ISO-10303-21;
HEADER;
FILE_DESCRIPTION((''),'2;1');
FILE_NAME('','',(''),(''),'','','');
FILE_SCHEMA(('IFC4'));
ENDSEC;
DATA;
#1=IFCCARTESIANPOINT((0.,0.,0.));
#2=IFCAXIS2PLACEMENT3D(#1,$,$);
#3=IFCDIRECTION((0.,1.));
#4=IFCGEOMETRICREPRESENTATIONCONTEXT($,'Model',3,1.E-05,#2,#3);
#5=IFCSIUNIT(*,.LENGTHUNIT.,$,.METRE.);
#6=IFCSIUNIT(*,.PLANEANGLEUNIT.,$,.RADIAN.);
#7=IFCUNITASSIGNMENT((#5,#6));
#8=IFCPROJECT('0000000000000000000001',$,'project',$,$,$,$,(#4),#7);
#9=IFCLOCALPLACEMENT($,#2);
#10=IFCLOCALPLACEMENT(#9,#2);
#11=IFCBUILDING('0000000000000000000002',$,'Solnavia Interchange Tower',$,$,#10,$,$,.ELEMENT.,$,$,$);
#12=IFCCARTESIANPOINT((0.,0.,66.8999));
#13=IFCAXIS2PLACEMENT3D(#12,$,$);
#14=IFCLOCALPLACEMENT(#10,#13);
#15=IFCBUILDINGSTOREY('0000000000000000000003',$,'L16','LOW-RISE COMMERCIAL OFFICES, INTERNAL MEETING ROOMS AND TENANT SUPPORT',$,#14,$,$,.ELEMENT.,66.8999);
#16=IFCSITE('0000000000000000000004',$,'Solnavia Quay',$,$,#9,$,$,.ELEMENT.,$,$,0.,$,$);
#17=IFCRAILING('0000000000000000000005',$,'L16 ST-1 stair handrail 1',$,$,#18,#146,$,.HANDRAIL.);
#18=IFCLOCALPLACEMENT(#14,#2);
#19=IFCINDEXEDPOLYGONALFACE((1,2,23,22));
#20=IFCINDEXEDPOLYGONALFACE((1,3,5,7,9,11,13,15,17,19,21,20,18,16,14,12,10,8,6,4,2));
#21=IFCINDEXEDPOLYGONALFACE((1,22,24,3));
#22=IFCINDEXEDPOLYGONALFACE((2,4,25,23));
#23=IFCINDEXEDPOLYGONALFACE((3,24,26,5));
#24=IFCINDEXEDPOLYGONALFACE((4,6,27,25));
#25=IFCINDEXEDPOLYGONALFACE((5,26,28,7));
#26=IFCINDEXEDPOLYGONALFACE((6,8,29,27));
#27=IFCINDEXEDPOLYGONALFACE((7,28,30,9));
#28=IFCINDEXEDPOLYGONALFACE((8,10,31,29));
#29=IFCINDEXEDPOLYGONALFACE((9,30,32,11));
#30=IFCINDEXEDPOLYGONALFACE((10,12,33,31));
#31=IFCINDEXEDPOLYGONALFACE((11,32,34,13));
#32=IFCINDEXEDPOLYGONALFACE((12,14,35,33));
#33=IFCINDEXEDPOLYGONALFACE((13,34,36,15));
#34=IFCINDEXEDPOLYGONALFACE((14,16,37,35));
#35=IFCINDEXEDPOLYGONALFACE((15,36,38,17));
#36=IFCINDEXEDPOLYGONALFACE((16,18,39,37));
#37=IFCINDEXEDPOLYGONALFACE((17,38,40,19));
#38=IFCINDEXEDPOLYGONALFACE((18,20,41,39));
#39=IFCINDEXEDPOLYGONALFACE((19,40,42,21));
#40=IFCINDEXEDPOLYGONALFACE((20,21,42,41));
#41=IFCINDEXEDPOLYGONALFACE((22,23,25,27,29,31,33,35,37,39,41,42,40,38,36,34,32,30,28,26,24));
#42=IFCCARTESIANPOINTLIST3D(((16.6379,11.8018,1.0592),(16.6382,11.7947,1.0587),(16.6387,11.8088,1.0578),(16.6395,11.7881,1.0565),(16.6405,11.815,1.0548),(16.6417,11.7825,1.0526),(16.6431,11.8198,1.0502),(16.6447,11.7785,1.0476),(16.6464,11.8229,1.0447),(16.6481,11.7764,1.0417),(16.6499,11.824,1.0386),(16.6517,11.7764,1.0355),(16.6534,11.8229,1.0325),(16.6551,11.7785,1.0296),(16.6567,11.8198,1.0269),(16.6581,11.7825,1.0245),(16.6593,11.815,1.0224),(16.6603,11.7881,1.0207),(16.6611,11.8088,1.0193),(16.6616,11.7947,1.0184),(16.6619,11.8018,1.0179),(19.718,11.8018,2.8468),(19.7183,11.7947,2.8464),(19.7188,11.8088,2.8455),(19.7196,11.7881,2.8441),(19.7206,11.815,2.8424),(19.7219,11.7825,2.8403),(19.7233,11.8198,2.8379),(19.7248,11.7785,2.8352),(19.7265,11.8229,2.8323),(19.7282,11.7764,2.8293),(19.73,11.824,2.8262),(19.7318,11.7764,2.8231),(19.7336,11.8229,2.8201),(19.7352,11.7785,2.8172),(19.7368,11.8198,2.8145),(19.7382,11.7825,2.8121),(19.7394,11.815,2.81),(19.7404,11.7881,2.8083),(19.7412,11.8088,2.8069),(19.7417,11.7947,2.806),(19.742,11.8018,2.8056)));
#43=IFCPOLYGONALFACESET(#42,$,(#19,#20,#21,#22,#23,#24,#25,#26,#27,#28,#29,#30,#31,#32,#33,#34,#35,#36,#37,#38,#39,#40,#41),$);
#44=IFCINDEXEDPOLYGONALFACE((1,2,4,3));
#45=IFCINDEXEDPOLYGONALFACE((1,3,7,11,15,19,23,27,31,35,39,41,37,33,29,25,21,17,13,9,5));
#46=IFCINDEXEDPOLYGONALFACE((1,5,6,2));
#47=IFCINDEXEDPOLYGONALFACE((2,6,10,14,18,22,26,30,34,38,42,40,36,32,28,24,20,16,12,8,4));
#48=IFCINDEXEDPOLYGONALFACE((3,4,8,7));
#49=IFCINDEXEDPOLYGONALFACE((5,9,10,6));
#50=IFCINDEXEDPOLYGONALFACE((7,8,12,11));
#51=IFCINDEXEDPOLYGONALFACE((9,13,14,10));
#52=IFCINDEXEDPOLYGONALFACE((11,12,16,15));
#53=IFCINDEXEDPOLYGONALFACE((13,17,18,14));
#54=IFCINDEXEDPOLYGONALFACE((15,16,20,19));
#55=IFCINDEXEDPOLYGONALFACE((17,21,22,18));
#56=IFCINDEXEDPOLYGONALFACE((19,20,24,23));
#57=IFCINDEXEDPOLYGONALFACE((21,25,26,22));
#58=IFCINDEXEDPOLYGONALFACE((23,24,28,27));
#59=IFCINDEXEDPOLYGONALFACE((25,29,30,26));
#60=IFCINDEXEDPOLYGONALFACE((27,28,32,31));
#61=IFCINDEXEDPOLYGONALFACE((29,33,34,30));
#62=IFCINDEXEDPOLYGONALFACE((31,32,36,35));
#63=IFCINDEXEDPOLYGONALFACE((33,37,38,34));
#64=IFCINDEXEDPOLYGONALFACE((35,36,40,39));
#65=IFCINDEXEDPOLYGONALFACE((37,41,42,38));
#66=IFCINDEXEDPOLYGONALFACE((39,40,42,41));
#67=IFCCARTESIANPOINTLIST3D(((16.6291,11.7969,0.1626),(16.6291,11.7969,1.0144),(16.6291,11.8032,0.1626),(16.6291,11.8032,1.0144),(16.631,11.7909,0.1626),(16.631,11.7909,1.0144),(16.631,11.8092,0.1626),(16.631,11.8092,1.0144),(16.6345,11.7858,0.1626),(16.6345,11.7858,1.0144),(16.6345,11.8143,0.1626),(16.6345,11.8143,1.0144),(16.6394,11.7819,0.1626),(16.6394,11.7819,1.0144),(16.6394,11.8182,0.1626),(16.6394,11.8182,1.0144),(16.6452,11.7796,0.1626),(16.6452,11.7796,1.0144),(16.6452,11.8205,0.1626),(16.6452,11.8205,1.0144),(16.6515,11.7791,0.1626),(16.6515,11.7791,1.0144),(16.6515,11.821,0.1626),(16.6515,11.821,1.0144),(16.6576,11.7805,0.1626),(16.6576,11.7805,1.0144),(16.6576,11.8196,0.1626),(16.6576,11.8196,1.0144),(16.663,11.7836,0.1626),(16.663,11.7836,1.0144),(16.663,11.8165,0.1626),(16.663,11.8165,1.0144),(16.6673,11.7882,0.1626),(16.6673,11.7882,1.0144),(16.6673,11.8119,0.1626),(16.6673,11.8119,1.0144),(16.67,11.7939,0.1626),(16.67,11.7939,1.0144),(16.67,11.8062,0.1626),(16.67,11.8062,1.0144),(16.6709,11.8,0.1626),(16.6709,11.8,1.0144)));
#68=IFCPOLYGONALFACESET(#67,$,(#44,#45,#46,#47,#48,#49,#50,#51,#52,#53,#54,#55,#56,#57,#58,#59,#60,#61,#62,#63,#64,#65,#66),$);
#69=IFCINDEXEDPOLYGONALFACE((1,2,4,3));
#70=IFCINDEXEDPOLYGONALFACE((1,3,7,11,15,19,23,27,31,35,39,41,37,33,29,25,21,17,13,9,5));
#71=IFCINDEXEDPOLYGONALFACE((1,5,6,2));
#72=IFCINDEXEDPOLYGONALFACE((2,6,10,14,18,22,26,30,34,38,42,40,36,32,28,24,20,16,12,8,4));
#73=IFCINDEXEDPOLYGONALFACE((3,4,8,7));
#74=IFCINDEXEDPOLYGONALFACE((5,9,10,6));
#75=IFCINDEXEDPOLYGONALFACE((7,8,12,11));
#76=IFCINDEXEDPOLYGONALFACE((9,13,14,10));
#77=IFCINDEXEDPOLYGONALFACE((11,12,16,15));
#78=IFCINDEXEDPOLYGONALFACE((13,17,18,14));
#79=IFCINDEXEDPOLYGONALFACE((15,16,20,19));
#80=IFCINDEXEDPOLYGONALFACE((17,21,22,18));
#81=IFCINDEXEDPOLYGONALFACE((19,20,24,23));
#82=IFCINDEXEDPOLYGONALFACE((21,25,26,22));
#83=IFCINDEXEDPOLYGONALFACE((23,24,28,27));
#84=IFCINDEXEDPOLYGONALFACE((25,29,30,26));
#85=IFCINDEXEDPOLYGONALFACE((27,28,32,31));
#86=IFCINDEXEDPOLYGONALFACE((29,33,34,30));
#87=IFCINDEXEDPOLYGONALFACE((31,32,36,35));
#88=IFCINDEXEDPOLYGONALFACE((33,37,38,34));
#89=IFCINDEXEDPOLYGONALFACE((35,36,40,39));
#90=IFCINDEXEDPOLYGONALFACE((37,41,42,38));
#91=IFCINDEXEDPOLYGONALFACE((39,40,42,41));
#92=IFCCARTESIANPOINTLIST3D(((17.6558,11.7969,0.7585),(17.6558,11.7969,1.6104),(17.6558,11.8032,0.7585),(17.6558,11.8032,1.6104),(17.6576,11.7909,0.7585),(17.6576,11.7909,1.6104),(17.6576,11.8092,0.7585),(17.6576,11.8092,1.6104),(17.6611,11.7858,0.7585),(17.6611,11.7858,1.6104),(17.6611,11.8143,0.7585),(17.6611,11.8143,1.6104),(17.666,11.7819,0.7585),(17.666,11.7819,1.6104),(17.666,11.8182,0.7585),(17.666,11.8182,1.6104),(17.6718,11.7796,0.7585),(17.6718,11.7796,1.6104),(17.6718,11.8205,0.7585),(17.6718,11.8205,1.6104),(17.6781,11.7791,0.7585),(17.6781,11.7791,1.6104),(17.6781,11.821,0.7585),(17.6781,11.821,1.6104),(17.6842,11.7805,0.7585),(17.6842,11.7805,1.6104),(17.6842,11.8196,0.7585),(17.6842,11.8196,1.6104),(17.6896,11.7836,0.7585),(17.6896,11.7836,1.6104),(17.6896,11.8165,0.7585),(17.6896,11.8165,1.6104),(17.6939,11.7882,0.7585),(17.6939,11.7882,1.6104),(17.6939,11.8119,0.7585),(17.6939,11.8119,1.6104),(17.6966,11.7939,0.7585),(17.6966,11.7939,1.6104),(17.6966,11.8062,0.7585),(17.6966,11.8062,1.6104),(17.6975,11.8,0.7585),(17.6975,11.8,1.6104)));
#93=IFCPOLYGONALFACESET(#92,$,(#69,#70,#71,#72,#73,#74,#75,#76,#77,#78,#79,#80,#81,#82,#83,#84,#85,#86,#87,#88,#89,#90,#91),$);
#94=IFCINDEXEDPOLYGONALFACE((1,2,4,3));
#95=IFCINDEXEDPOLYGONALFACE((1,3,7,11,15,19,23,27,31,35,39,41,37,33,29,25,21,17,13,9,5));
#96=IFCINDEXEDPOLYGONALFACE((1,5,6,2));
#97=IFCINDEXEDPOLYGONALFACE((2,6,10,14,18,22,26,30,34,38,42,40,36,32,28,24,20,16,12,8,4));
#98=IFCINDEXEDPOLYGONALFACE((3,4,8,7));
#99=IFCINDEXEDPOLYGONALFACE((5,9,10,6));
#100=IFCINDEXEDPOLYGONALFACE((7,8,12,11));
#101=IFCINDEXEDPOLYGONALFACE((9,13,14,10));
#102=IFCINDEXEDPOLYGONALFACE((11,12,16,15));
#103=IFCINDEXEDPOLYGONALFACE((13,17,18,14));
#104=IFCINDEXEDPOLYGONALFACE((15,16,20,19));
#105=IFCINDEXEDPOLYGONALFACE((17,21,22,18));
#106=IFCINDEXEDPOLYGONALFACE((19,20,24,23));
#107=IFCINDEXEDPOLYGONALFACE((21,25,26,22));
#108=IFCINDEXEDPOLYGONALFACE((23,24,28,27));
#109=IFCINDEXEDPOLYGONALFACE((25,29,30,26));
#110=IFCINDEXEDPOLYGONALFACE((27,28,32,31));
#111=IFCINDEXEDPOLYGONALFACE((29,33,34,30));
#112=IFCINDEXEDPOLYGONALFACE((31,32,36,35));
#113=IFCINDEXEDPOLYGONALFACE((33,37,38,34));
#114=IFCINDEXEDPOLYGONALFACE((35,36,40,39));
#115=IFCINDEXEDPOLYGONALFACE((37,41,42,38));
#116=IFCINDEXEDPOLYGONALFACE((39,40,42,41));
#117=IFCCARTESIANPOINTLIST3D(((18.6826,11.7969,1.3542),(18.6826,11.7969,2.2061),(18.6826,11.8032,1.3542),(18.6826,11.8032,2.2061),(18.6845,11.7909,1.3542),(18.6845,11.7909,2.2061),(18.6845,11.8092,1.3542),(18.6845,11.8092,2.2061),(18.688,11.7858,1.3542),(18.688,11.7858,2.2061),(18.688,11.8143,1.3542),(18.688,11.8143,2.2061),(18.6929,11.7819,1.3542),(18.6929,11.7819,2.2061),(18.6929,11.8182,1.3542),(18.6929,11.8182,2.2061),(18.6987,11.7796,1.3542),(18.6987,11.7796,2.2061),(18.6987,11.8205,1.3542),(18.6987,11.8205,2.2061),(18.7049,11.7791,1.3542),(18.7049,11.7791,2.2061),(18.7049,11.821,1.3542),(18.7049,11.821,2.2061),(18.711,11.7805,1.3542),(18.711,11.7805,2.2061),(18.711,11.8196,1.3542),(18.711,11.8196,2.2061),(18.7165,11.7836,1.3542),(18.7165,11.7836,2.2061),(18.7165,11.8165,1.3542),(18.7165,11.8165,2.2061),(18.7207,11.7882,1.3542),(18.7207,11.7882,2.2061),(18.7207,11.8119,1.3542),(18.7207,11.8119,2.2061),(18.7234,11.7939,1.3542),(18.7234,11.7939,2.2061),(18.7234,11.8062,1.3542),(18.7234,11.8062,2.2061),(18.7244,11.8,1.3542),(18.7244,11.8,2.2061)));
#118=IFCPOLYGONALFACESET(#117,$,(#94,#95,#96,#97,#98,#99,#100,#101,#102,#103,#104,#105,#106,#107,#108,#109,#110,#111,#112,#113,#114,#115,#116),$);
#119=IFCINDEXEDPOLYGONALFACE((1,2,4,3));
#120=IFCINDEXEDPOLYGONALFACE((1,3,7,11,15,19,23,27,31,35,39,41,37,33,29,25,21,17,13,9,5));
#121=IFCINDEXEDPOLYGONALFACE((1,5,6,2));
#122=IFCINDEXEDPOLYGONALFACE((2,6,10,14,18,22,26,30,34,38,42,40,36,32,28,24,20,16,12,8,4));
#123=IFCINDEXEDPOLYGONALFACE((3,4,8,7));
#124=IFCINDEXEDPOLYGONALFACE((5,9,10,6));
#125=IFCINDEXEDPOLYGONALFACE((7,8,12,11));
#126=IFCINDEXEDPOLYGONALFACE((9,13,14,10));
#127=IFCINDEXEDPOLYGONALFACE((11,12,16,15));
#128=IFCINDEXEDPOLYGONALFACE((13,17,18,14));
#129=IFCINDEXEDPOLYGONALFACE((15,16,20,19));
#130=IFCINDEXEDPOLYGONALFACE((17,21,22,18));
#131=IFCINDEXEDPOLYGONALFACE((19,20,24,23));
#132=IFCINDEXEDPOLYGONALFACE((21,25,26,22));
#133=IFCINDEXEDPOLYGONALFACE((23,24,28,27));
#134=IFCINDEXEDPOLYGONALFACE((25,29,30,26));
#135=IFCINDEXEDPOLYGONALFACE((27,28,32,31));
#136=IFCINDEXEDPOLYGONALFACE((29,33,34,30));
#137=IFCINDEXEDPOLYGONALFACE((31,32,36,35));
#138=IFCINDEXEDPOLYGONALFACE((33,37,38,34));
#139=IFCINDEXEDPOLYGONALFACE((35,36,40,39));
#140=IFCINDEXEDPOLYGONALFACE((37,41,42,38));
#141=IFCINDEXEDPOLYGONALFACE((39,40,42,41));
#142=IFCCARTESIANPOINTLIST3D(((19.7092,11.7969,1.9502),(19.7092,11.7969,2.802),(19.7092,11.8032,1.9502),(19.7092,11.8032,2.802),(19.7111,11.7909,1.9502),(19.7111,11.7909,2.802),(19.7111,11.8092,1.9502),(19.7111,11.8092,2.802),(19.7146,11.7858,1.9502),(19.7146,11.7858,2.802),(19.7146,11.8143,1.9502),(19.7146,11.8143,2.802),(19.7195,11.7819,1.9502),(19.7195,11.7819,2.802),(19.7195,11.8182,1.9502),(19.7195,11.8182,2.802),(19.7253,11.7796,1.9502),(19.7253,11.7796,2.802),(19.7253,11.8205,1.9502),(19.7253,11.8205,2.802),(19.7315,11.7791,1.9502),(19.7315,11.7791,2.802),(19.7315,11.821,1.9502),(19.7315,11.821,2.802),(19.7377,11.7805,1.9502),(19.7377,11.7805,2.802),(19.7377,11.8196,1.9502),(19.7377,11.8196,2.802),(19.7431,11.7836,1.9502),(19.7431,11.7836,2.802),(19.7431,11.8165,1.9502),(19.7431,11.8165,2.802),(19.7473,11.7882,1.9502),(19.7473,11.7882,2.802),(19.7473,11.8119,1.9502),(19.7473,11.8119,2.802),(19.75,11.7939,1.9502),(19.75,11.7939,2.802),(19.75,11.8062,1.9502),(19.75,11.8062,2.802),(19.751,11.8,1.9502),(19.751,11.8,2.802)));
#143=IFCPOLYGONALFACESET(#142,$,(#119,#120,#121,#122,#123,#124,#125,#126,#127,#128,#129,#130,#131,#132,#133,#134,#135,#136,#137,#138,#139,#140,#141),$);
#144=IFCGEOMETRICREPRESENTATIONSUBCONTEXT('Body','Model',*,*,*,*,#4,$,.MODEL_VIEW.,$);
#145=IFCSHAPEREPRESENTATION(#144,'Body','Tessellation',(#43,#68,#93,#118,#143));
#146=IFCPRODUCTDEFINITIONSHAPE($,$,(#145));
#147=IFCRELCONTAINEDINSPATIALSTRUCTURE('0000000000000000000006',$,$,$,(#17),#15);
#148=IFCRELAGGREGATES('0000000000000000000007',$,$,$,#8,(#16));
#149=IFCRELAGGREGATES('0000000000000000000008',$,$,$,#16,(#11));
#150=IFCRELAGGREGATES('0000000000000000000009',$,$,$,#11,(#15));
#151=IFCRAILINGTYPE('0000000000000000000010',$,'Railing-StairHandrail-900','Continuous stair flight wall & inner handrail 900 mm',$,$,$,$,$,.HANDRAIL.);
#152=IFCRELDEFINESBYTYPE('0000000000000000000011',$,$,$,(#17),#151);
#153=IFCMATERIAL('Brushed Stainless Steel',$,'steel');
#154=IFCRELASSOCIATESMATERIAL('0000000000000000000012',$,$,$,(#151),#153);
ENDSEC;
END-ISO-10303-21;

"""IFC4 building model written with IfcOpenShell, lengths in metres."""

from ifc_helpers import new_model, si_unit, direction, frame, origin, origin_2d, place, context, subcontext, project, spatial, circle, extrude, material, type_object, element, save


model = new_model("IFC4")

# Units and contexts
model_context = context("Model", 3, precision=1e-05, world=origin(), true_north=direction((0.0, 1.0)))
body_context = subcontext(model_context, "Body", "Model", "MODEL_VIEW")
ifc_project = project(units=[si_unit("LENGTHUNIT", "METRE"), si_unit("PLANEANGLEUNIT", "RADIAN")], contexts=[model_context])

# Site, building, storey
site_placement = place(None, origin())
site = spatial("IfcSite", under=ifc_project, at=site_placement, Name="Solnavia Quay", CompositionType="ELEMENT", RefElevation=0.0)
building_placement = place(site_placement, origin())
building = spatial("IfcBuilding", under=site, at=building_placement, Name="Solnavia Interchange Tower", CompositionType="ELEMENT")
storey_placement = place(building_placement, frame((0.0, 0.0, 66.8999)))
storey = spatial("IfcBuildingStorey", under=building, at=storey_placement, Name="L16", Description="LOW-RISE COMMERCIAL OFFICES, INTERNAL MEETING ROOMS AND TENANT SUPPORT", CompositionType="ELEMENT", Elevation=66.8999)

# Railing
ifc_material_1 = material(Name="Brushed Stainless Steel", Category="steel")
railing_type_1 = type_object("IfcRailingType", Name="Railing-StairHandrail-900", Description="Continuous stair flight wall & inner handrail 900 mm", PredefinedType="HANDRAIL", material=ifc_material_1)
railing_1_placement = place(storey_placement, frame((16.6499, 11.8, 0.1626)))
element("IfcRailing", 1, at=railing_1_placement, inside=storey, type_object=railing_type_1, Name="L16 ST-1 stair handrail 1", PredefinedType="HANDRAIL", context=body_context, shape_type="SweptSolid", body=[
    extrude(circle(Radius=0.0239, at=origin_2d()), frame((0.0, 0.0, 0.876), z_axis=(0.864891, 0.0, 0.50196), x_axis=(0.0, 1.0, 0.0)), (0.0, 0.0, 1.0), 3.5613),
    extrude(circle(Radius=0.021, at=origin_2d()), origin(), (0.0, 0.0, 1.0), 0.8518),
    extrude(circle(Radius=0.021, at=origin_2d()), frame((1.0266, 0.0, 0.5959)), (0.0, 0.0, 1.0), 0.8518),
    extrude(circle(Radius=0.021, at=origin_2d()), frame((2.0535, 0.0, 1.1917)), (0.0, 0.0, 1.0), 0.8518),
    extrude(circle(Radius=0.021, at=origin_2d()), frame((3.0801, 0.0, 1.7876)), (0.0, 0.0, 1.0), 0.8518),
])

save(model, "model.ifc")
